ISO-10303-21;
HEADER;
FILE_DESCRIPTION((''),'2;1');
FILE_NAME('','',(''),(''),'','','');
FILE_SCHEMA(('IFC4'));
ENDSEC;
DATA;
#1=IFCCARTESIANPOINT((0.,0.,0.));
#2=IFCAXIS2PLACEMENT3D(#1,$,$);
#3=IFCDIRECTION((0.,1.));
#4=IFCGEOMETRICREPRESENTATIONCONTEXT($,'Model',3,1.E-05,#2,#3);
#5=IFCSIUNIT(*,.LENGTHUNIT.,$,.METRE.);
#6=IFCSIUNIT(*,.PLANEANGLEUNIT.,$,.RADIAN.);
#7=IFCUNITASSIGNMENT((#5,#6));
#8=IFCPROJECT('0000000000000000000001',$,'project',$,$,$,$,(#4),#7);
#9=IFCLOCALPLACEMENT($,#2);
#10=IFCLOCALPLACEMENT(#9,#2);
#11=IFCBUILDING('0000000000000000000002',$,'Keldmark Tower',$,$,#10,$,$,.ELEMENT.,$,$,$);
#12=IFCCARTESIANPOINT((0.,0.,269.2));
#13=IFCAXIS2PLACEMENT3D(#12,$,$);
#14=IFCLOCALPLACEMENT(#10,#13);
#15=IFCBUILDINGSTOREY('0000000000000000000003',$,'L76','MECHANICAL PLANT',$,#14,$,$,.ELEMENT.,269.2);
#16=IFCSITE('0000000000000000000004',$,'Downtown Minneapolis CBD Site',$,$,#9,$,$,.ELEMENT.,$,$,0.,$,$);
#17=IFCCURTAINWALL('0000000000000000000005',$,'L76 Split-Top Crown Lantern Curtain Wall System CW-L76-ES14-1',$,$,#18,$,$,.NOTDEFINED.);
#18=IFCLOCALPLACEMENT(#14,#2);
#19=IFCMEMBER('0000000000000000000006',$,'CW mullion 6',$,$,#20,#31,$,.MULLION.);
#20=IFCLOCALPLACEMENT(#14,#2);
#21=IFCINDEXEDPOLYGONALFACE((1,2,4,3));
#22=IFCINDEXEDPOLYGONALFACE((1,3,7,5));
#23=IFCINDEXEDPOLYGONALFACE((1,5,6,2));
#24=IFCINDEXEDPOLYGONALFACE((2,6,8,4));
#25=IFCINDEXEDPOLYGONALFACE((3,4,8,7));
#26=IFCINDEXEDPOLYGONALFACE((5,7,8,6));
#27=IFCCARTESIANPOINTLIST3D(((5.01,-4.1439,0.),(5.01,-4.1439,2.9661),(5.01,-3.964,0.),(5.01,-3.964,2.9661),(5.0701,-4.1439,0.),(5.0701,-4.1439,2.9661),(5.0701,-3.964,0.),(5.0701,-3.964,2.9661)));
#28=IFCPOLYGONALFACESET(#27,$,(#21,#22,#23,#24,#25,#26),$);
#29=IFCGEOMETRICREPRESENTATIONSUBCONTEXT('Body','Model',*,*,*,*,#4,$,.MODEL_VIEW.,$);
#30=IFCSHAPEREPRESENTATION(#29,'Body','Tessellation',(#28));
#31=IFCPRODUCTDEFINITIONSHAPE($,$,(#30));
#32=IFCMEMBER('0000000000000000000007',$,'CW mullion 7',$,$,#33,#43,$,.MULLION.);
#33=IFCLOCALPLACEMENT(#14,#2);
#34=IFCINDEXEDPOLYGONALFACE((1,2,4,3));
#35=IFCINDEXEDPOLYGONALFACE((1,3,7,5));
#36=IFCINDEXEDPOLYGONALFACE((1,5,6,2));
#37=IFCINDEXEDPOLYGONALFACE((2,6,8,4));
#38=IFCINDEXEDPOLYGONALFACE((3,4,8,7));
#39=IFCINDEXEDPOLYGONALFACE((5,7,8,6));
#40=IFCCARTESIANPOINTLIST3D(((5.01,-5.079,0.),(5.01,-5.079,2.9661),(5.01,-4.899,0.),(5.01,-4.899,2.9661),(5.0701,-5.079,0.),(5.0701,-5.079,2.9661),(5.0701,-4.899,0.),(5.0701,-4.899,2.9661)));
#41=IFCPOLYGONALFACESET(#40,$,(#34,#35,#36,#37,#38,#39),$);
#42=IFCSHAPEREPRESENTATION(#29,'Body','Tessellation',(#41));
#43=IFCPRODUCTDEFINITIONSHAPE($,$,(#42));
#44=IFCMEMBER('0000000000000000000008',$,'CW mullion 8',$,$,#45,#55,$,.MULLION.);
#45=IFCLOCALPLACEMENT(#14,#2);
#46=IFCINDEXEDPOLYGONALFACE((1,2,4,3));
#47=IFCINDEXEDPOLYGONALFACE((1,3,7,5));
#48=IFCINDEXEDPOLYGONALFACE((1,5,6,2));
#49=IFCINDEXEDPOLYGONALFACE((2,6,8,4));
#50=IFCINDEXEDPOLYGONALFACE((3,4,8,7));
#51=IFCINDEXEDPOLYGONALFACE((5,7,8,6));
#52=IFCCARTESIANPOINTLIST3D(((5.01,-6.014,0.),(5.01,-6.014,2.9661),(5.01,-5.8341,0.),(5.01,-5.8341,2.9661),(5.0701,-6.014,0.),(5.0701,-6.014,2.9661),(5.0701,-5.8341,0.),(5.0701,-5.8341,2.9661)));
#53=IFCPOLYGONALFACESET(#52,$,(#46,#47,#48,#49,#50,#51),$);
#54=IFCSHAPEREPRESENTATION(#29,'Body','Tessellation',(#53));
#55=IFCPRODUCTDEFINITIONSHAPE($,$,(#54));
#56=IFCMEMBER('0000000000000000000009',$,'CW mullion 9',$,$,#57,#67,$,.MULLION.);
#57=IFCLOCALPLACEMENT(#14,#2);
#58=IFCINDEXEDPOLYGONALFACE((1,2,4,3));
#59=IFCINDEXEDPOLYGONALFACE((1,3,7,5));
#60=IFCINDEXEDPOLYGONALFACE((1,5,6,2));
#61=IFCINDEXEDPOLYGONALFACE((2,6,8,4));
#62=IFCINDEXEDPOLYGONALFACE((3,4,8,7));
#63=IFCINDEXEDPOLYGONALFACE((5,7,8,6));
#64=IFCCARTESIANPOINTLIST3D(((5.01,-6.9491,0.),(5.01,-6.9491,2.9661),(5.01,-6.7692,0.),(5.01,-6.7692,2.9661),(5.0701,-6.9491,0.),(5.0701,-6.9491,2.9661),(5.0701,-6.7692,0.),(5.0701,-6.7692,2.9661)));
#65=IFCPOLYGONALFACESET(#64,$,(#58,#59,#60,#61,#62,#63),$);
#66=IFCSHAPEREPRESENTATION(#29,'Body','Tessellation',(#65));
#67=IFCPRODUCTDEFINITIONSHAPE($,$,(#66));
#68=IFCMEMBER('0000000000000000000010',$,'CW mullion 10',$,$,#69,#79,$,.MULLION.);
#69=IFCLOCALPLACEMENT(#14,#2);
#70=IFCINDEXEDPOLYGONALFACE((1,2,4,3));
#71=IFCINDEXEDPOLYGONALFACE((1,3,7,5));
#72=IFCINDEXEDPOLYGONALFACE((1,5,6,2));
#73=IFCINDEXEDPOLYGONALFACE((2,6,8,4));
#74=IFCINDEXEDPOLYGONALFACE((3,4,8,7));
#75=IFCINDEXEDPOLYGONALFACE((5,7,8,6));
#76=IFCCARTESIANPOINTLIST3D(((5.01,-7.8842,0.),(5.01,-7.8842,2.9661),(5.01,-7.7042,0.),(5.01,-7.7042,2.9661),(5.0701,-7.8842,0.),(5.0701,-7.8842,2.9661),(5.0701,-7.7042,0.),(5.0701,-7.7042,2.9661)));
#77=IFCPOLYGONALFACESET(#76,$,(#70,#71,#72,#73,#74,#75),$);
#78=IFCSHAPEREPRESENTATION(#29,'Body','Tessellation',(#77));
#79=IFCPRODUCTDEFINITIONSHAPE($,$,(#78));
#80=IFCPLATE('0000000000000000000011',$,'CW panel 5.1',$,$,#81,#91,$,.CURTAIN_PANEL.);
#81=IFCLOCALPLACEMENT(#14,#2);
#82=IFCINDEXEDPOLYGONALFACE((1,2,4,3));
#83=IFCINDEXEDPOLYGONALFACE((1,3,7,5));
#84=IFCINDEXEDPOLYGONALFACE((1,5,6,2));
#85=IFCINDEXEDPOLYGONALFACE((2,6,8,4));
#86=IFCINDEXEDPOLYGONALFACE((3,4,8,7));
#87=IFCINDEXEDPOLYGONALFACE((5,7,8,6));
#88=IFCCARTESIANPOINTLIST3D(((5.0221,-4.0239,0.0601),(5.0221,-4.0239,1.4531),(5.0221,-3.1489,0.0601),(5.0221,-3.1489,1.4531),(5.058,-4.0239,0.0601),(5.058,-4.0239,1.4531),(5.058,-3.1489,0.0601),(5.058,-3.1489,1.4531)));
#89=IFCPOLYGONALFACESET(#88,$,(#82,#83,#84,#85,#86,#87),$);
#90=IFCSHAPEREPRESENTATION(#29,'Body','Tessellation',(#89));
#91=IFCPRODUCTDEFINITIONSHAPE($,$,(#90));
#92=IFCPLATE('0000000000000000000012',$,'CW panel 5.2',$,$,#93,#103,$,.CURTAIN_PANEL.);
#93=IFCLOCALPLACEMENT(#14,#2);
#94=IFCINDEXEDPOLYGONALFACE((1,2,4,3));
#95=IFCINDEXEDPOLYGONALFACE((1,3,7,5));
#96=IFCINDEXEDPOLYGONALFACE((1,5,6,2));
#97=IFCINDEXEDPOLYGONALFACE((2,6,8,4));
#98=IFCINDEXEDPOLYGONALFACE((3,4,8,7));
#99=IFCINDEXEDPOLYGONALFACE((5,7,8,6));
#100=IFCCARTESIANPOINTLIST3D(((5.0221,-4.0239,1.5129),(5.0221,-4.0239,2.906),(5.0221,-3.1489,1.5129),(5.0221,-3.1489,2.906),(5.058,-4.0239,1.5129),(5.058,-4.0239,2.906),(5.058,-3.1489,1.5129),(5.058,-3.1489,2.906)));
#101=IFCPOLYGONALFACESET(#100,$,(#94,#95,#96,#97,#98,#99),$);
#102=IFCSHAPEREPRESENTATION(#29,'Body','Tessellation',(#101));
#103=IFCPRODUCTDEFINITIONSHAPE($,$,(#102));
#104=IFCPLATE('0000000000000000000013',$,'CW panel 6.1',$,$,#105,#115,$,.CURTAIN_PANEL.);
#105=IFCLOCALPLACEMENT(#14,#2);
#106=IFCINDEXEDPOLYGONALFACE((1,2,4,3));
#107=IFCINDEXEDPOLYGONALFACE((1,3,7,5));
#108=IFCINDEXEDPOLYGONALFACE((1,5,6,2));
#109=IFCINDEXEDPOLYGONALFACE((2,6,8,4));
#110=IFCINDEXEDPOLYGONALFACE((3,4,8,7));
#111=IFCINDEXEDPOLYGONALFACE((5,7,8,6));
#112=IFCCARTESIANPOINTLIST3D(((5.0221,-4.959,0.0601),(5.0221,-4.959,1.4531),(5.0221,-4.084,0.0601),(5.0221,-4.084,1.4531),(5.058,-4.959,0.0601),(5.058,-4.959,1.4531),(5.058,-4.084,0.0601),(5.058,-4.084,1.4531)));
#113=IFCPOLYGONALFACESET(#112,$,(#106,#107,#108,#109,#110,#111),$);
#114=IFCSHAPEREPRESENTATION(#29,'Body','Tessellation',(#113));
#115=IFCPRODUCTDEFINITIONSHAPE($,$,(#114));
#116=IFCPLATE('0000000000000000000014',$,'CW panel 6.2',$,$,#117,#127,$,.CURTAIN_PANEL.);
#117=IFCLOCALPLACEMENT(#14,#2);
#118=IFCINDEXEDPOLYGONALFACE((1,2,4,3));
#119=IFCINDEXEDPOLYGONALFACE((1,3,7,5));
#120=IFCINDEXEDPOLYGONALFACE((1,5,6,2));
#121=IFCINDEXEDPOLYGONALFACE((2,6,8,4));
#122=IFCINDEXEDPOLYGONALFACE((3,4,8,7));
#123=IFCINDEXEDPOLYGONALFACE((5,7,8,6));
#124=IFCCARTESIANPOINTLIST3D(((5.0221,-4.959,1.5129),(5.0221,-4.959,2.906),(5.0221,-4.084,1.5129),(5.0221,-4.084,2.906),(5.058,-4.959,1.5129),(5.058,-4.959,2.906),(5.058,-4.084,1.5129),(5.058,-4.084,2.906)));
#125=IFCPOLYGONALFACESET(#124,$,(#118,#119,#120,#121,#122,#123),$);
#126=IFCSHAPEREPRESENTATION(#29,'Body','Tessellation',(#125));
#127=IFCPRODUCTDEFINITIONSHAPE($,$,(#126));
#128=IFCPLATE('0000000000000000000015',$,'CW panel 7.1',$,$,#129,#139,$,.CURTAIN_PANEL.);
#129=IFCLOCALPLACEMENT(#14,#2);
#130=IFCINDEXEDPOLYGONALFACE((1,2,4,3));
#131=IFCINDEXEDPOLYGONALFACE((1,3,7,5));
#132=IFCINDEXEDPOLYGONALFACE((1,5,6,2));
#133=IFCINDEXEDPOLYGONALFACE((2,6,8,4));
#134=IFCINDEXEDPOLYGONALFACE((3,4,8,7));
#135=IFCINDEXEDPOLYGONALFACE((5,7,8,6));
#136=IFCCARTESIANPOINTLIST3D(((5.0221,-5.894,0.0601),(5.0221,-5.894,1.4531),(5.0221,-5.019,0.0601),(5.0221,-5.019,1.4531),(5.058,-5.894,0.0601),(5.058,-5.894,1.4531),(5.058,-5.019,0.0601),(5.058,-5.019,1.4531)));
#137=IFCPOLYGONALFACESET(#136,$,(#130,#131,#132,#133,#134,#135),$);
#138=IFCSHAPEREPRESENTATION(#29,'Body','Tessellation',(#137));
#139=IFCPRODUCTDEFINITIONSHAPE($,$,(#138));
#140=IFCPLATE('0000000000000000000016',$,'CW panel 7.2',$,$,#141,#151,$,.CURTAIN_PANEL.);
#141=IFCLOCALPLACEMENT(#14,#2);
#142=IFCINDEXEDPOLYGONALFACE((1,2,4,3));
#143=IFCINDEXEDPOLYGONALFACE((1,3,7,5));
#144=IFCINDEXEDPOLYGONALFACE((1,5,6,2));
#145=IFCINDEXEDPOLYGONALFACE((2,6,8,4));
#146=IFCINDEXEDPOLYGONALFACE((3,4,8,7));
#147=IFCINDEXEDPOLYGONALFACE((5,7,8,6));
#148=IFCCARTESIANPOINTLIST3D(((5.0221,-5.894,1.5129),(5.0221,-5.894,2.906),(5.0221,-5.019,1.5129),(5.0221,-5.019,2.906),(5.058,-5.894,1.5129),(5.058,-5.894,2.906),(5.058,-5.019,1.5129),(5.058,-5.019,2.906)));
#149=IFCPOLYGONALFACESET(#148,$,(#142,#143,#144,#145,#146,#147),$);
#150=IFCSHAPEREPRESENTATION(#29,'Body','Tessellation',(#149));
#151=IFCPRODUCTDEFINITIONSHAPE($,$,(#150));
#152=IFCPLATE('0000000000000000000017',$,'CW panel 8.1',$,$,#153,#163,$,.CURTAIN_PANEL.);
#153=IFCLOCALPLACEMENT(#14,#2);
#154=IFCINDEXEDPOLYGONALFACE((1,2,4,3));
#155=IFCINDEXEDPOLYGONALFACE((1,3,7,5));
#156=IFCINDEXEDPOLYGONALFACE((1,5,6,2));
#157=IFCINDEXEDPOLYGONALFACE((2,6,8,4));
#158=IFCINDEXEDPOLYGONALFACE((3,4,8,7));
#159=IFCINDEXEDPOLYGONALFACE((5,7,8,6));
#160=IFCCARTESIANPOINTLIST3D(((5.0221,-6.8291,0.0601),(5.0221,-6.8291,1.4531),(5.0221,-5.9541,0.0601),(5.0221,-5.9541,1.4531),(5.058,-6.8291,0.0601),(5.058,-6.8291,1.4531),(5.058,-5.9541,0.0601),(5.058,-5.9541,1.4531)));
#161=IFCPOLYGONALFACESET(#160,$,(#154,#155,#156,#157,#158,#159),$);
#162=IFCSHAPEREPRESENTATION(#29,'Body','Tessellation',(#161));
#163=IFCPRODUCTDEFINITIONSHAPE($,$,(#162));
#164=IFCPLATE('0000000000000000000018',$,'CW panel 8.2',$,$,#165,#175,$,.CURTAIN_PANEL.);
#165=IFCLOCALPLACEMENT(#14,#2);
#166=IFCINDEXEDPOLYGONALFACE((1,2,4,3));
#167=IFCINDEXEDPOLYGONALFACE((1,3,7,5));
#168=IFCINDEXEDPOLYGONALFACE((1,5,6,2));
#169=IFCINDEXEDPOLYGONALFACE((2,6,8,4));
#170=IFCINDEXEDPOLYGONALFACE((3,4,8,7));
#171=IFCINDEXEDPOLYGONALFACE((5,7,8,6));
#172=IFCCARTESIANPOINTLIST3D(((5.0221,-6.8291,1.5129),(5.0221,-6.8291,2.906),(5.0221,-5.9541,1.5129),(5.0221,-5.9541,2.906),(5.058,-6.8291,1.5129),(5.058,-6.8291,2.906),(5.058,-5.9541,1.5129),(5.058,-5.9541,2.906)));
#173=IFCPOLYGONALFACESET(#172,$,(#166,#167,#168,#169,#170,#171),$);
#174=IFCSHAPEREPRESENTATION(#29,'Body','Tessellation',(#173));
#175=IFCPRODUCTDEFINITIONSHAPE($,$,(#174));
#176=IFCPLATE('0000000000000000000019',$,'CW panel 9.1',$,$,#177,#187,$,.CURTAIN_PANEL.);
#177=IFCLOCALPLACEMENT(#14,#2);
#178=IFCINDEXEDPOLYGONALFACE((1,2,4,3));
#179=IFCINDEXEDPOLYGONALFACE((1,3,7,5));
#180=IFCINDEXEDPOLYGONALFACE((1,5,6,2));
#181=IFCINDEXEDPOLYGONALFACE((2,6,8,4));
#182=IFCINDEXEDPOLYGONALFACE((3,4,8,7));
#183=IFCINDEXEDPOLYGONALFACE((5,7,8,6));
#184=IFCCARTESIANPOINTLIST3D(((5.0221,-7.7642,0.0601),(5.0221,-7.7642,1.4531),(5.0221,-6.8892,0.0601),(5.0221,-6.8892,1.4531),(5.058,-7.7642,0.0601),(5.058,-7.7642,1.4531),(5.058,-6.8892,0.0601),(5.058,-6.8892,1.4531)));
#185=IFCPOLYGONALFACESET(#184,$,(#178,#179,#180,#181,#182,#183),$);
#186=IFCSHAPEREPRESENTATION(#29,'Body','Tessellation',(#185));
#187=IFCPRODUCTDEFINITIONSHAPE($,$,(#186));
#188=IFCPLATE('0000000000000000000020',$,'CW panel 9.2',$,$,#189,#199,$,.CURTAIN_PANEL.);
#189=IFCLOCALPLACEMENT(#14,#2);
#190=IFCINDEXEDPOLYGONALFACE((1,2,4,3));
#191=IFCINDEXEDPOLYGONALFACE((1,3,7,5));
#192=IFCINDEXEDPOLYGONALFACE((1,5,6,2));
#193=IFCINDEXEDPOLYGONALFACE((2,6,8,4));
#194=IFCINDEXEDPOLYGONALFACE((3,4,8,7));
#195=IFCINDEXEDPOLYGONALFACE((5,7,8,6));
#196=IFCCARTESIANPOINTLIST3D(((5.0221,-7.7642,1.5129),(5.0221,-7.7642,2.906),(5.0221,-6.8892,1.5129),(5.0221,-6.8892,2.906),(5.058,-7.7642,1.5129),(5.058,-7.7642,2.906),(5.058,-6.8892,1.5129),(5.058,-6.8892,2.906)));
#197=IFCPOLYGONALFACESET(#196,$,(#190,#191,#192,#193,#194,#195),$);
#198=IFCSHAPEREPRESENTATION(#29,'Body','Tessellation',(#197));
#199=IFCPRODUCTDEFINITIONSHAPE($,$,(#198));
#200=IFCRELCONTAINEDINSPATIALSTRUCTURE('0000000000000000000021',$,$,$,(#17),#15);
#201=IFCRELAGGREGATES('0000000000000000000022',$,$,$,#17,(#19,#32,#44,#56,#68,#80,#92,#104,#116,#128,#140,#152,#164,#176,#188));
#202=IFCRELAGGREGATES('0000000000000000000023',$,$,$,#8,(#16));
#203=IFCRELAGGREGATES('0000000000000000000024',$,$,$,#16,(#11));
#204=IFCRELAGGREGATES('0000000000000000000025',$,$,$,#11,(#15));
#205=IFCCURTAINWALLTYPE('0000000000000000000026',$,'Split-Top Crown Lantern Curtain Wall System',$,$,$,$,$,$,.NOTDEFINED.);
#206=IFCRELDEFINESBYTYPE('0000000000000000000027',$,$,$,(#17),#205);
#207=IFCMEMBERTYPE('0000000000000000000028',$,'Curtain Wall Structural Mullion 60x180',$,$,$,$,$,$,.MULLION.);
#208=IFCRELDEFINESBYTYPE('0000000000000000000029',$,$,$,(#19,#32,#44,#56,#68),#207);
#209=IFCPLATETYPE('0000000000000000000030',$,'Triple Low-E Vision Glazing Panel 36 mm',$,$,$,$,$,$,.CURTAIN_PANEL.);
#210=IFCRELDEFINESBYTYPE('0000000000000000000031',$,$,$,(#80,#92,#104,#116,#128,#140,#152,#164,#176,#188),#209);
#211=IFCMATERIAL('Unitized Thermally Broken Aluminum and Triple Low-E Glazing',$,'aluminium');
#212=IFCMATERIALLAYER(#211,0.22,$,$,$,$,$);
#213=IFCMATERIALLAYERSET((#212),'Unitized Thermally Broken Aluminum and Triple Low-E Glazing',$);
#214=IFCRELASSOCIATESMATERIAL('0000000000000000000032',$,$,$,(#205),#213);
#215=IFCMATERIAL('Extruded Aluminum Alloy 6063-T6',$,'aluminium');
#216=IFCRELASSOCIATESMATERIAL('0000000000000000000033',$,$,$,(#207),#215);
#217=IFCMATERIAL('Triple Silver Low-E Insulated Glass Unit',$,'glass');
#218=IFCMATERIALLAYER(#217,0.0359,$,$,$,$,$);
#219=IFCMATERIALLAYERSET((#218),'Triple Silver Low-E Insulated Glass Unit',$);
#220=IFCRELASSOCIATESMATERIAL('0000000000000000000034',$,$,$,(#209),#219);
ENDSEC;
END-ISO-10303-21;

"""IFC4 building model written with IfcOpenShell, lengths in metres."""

from ifc_helpers import new_model, si_unit, direction, frame, origin, origin_2d, place, context, subcontext, project, spatial, rectangle, extrude, material, layer, layer_set, material_profile, profile_set, type_object, element, aggregate, save


model = new_model("IFC4")

# Units and contexts
model_context = context("Model", 3, precision=1e-05, world=origin(), true_north=direction((0.0, 1.0)))
body_context = subcontext(model_context, "Body", "Model", "MODEL_VIEW")
ifc_project = project(units=[si_unit("LENGTHUNIT", "METRE"), si_unit("PLANEANGLEUNIT", "RADIAN")], contexts=[model_context])

# Site, building, storey
site_placement = place(None, origin())
site = spatial("IfcSite", under=ifc_project, at=site_placement, Name="Downtown Minneapolis CBD Site", CompositionType="ELEMENT", RefElevation=0.0)
building_placement = place(site_placement, origin())
building = spatial("IfcBuilding", under=site, at=building_placement, Name="Keldmark Tower", CompositionType="ELEMENT")
storey_placement = place(building_placement, frame((0.0, 0.0, 269.2)))
storey = spatial("IfcBuildingStorey", under=building, at=storey_placement, Name="L76", Description="MECHANICAL PLANT", CompositionType="ELEMENT", Elevation=269.2)

# Curtain wall, members, plates
ifc_material_1 = material(Name="Unitized Thermally Broken Aluminum and Triple Low-E Glazing", Category="aluminium")
ifc_layer_1 = layer(ifc_material_1, 0.22)
ifc_layer_set_1 = layer_set([ifc_layer_1], Name="Unitized Thermally Broken Aluminum and Triple Low-E Glazing")
curtain_wall_type = type_object("IfcCurtainWallType", Name="Split-Top Crown Lantern Curtain Wall System", PredefinedType="NOTDEFINED", material=ifc_layer_set_1)
curtain_wall_placement = place(storey_placement, origin())
curtain_wall = element("IfcCurtainWall", 1, at=curtain_wall_placement, inside=storey, type_object=curtain_wall_type, Name="L76 Split-Top Crown Lantern Curtain Wall System CW-L76-ES14-1", PredefinedType="NOTDEFINED")
ifc_material_2 = material(Name="Extruded Aluminum Alloy 6063-T6", Category="aluminium")
ifc_material_profile_1 = material_profile(ifc_material_2, rectangle(XDim=0.0601, YDim=0.1799, at=origin_2d()), Name="CWM60X180")
ifc_profile_set_1 = profile_set([ifc_material_profile_1], Name="Extruded Aluminum Alloy 6063-T6")
member_type_1 = type_object("IfcMemberType", Name="Curtain Wall Structural Mullion 60x180", PredefinedType="MULLION", material=ifc_profile_set_1)
member_1_placement = place(storey_placement, frame((5.04, -4.054, 0.0), z_axis=(0.0, 0.0, 1.0), x_axis=(1.0, 0.0, 0.0)))
member_1 = element("IfcMember", 2, at=member_1_placement, type_object=member_type_1, Name="CW mullion 6", PredefinedType="MULLION", context=body_context, shape_type="SweptSolid", body=[
    extrude(rectangle(XDim=0.0601, YDim=0.1799, at=origin_2d()), origin(), (0.0, 0.0, 1.0), 2.9661),
])
member_2_placement = place(storey_placement, frame((5.04, -4.989, 0.0), z_axis=(0.0, 0.0, 1.0), x_axis=(1.0, 0.0, 0.0)))
member_2 = element("IfcMember", 3, at=member_2_placement, type_object=member_type_1, Name="CW mullion 7", PredefinedType="MULLION", context=body_context, shape_type="SweptSolid", body=[
    extrude(rectangle(XDim=0.0601, YDim=0.1799, at=origin_2d()), origin(), (0.0, 0.0, 1.0), 2.9661),
])
member_3_placement = place(storey_placement, frame((5.04, -5.9241, 0.0), z_axis=(0.0, 0.0, 1.0), x_axis=(1.0, 0.0, 0.0)))
member_3 = element("IfcMember", 4, at=member_3_placement, type_object=member_type_1, Name="CW mullion 8", PredefinedType="MULLION", context=body_context, shape_type="SweptSolid", body=[
    extrude(rectangle(XDim=0.0601, YDim=0.1799, at=origin_2d()), origin(), (0.0, 0.0, 1.0), 2.9661),
])
member_4_placement = place(storey_placement, frame((5.04, -6.8591, 0.0), z_axis=(0.0, 0.0, 1.0), x_axis=(1.0, 0.0, 0.0)))
member_4 = element("IfcMember", 5, at=member_4_placement, type_object=member_type_1, Name="CW mullion 9", PredefinedType="MULLION", context=body_context, shape_type="SweptSolid", body=[
    extrude(rectangle(XDim=0.0601, YDim=0.1799, at=origin_2d()), origin(), (0.0, 0.0, 1.0), 2.9661),
])
member_5_placement = place(storey_placement, frame((5.04, -7.7942, 0.0), z_axis=(0.0, 0.0, 1.0), x_axis=(1.0, 0.0, 0.0)))
member_5 = element("IfcMember", 6, at=member_5_placement, type_object=member_type_1, Name="CW mullion 10", PredefinedType="MULLION", context=body_context, shape_type="SweptSolid", body=[
    extrude(rectangle(XDim=0.0601, YDim=0.1799, at=origin_2d()), origin(), (0.0, 0.0, 1.0), 2.9661),
])
ifc_material_3 = material(Name="Triple Silver Low-E Insulated Glass Unit", Category="glass")
ifc_layer_2 = layer(ifc_material_3, 0.0359)
ifc_layer_set_2 = layer_set([ifc_layer_2], Name="Triple Silver Low-E Insulated Glass Unit")
plate_type = type_object("IfcPlateType", Name="Triple Low-E Vision Glazing Panel 36 mm", PredefinedType="CURTAIN_PANEL", material=ifc_layer_set_2)
plate_1_placement = place(storey_placement, frame((5.04, -3.5864, 0.0601), z_axis=(0.0, 0.0, 1.0), x_axis=(0.0, -1.0, 0.0)))
plate_1 = element("IfcPlate", 7, at=plate_1_placement, type_object=plate_type, Name="CW panel 5.1", PredefinedType="CURTAIN_PANEL", context=body_context, shape_type="SweptSolid", body=[
    extrude(rectangle(XDim=0.875, YDim=0.0359, at=origin_2d()), origin(), (0.0, 0.0, 1.0), 1.3931),
])
plate_2_placement = place(storey_placement, frame((5.04, -3.5864, 1.5129), z_axis=(0.0, 0.0, 1.0), x_axis=(0.0, -1.0, 0.0)))
plate_2 = element("IfcPlate", 8, at=plate_2_placement, type_object=plate_type, Name="CW panel 5.2", PredefinedType="CURTAIN_PANEL", context=body_context, shape_type="SweptSolid", body=[
    extrude(rectangle(XDim=0.875, YDim=0.0359, at=origin_2d()), origin(), (0.0, 0.0, 1.0), 1.3931),
])
plate_3_placement = place(storey_placement, frame((5.04, -4.5215, 0.0601), z_axis=(0.0, 0.0, 1.0), x_axis=(0.0, -1.0, 0.0)))
plate_3 = element("IfcPlate", 9, at=plate_3_placement, type_object=plate_type, Name="CW panel 6.1", PredefinedType="CURTAIN_PANEL", context=body_context, shape_type="SweptSolid", body=[
    extrude(rectangle(XDim=0.875, YDim=0.0359, at=origin_2d()), origin(), (0.0, 0.0, 1.0), 1.3931),
])
plate_4_placement = place(storey_placement, frame((5.04, -4.5215, 1.5129), z_axis=(0.0, 0.0, 1.0), x_axis=(0.0, -1.0, 0.0)))
plate_4 = element("IfcPlate", 10, at=plate_4_placement, type_object=plate_type, Name="CW panel 6.2", PredefinedType="CURTAIN_PANEL", context=body_context, shape_type="SweptSolid", body=[
    extrude(rectangle(XDim=0.875, YDim=0.0359, at=origin_2d()), origin(), (0.0, 0.0, 1.0), 1.3931),
])
plate_5_placement = place(storey_placement, frame((5.04, -5.4565, 0.0601), z_axis=(0.0, 0.0, 1.0), x_axis=(0.0, -1.0, 0.0)))
plate_5 = element("IfcPlate", 11, at=plate_5_placement, type_object=plate_type, Name="CW panel 7.1", PredefinedType="CURTAIN_PANEL", context=body_context, shape_type="SweptSolid", body=[
    extrude(rectangle(XDim=0.875, YDim=0.0359, at=origin_2d()), origin(), (0.0, 0.0, 1.0), 1.3931),
])
plate_6_placement = place(storey_placement, frame((5.04, -5.4565, 1.5129), z_axis=(0.0, 0.0, 1.0), x_axis=(0.0, -1.0, 0.0)))
plate_6 = element("IfcPlate", 12, at=plate_6_placement, type_object=plate_type, Name="CW panel 7.2", PredefinedType="CURTAIN_PANEL", context=body_context, shape_type="SweptSolid", body=[
    extrude(rectangle(XDim=0.875, YDim=0.0359, at=origin_2d()), origin(), (0.0, 0.0, 1.0), 1.3931),
])
plate_7_placement = place(storey_placement, frame((5.04, -6.3916, 0.0601), z_axis=(0.0, 0.0, 1.0), x_axis=(0.0, -1.0, 0.0)))
plate_7 = element("IfcPlate", 13, at=plate_7_placement, type_object=plate_type, Name="CW panel 8.1", PredefinedType="CURTAIN_PANEL", context=body_context, shape_type="SweptSolid", body=[
    extrude(rectangle(XDim=0.875, YDim=0.0359, at=origin_2d()), origin(), (0.0, 0.0, 1.0), 1.3931),
])
plate_8_placement = place(storey_placement, frame((5.04, -6.3916, 1.5129), z_axis=(0.0, 0.0, 1.0), x_axis=(0.0, -1.0, 0.0)))
plate_8 = element("IfcPlate", 14, at=plate_8_placement, type_object=plate_type, Name="CW panel 8.2", PredefinedType="CURTAIN_PANEL", context=body_context, shape_type="SweptSolid", body=[
    extrude(rectangle(XDim=0.875, YDim=0.0359, at=origin_2d()), origin(), (0.0, 0.0, 1.0), 1.3931),
])
plate_9_placement = place(storey_placement, frame((5.04, -7.3267, 0.0601), z_axis=(0.0, 0.0, 1.0), x_axis=(0.0, -1.0, 0.0)))
plate_9 = element("IfcPlate", 15, at=plate_9_placement, type_object=plate_type, Name="CW panel 9.1", PredefinedType="CURTAIN_PANEL", context=body_context, shape_type="SweptSolid", body=[
    extrude(rectangle(XDim=0.875, YDim=0.0359, at=origin_2d()), origin(), (0.0, 0.0, 1.0), 1.3931),
])
plate_10_placement = place(storey_placement, frame((5.04, -7.3267, 1.5129), z_axis=(0.0, 0.0, 1.0), x_axis=(0.0, -1.0, 0.0)))
plate_10 = element("IfcPlate", 16, at=plate_10_placement, type_object=plate_type, Name="CW panel 9.2", PredefinedType="CURTAIN_PANEL", context=body_context, shape_type="SweptSolid", body=[
    extrude(rectangle(XDim=0.875, YDim=0.0359, at=origin_2d()), origin(), (0.0, 0.0, 1.0), 1.3931),
])
aggregate(curtain_wall, [member_1, member_2, member_3, member_4, member_5, plate_1, plate_2, plate_3, plate_4, plate_5, plate_6, plate_7, plate_8, plate_9, plate_10])

save(model, "model.ifc")
